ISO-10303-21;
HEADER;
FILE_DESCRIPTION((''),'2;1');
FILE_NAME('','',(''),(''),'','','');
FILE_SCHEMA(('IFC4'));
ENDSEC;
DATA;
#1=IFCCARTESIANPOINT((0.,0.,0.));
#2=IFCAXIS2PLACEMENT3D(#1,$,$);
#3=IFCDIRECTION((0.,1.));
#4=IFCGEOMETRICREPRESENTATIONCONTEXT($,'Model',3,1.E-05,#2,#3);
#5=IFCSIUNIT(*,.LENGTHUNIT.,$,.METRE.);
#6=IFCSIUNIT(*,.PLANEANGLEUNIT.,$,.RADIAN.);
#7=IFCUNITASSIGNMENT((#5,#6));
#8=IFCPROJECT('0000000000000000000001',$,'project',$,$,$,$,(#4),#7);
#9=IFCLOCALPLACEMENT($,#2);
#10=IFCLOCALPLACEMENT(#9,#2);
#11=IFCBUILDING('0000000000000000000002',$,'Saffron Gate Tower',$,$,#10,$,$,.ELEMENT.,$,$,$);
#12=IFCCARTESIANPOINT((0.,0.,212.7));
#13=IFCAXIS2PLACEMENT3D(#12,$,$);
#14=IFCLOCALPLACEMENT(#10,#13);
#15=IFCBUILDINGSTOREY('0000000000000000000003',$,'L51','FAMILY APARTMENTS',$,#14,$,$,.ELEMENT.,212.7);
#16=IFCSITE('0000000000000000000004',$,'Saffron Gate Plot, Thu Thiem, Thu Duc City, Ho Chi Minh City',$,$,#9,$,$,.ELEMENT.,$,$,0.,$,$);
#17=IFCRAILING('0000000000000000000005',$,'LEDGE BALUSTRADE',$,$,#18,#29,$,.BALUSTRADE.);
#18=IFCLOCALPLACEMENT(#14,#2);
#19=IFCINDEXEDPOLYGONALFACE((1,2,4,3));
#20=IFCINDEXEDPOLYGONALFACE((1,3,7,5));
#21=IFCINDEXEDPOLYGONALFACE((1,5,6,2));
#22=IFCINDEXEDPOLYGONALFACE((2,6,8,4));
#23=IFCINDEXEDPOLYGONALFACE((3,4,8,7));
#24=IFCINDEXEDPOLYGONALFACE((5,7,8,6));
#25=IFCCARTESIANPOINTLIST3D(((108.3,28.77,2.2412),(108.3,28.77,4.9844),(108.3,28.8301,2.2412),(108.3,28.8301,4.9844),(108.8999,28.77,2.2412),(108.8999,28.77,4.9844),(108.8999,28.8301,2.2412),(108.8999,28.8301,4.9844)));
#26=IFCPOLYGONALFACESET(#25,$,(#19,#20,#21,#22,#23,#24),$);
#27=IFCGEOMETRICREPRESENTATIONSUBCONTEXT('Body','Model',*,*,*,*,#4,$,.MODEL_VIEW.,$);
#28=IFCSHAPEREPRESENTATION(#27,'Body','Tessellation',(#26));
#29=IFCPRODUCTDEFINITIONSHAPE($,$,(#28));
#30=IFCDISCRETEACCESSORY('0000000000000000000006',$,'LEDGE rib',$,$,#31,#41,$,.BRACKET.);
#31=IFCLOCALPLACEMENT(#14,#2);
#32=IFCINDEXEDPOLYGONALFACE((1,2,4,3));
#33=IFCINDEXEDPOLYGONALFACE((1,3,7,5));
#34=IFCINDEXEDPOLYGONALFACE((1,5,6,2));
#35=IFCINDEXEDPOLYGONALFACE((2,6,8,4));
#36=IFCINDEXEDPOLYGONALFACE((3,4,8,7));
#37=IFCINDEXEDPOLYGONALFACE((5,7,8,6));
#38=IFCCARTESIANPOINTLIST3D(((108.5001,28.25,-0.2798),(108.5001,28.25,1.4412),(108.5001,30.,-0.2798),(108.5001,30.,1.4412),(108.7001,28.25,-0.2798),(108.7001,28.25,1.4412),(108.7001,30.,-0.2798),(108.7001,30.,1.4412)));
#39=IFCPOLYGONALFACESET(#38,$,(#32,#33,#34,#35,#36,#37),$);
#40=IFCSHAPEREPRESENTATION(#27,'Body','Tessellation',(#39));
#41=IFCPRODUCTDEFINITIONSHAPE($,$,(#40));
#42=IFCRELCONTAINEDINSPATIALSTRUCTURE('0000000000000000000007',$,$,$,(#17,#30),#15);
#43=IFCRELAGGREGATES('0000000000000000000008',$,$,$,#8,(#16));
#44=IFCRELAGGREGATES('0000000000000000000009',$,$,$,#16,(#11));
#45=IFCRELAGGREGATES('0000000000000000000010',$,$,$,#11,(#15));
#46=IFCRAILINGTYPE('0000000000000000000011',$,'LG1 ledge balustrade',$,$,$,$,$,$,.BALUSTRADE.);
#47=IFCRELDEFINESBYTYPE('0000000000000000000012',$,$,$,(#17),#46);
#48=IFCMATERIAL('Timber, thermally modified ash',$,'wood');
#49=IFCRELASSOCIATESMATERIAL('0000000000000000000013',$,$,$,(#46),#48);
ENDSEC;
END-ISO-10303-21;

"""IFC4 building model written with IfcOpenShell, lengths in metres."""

from ifc_helpers import new_model, si_unit, direction, frame, origin, origin_2d, place, context, subcontext, project, spatial, rectangle, extrude, material, type_object, element, save


model = new_model("IFC4")

# Units and contexts
model_context = context("Model", 3, precision=1e-05, world=origin(), true_north=direction((0.0, 1.0)))
body_context = subcontext(model_context, "Body", "Model", "MODEL_VIEW")
ifc_project = project(units=[si_unit("LENGTHUNIT", "METRE"), si_unit("PLANEANGLEUNIT", "RADIAN")], contexts=[model_context])

# Site, building, storey
site_placement = place(None, origin())
site = spatial("IfcSite", under=ifc_project, at=site_placement, Name="Saffron Gate Plot, Thu Thiem, Thu Duc City, Ho Chi Minh City", CompositionType="ELEMENT", RefElevation=0.0)
building_placement = place(site_placement, origin())
building = spatial("IfcBuilding", under=site, at=building_placement, Name="Saffron Gate Tower", CompositionType="ELEMENT")
storey_placement = place(building_placement, frame((0.0, 0.0, 212.7)))
storey = spatial("IfcBuildingStorey", under=building, at=storey_placement, Name="L51", Description="FAMILY APARTMENTS", CompositionType="ELEMENT", Elevation=212.7)

# Shared definitions
ifc_material_1 = material(Name="Timber, thermally modified ash", Category="wood")

# Railing
railing_type_1 = type_object("IfcRailingType", Name="LG1 ledge balustrade", PredefinedType="BALUSTRADE", material=ifc_material_1)
railing_1_placement = place(storey_placement, frame((108.3, 28.8, 2.2412)))
element("IfcRailing", 1, at=railing_1_placement, inside=storey, type_object=railing_type_1, Name="LEDGE BALUSTRADE", PredefinedType="BALUSTRADE", context=body_context, shape_type="SweptSolid", body=[
    extrude(rectangle(XDim=0.0601, YDim=2.7432, at=origin_2d()), frame((0.0, 0.0, 1.3716), z_axis=(1.0, 0.0, 0.0), x_axis=(0.0, 1.0, 0.0)), (0.0, 0.0, 1.0), 0.5999),
])

# Discrete accessory
discrete_accessory_placement = place(storey_placement, frame((108.6001, 29.125, -0.2798), z_axis=(0.0, 0.0, 1.0), x_axis=(1.0, 0.0, 0.0)))
element("IfcDiscreteAccessory", 2, at=discrete_accessory_placement, inside=storey, Name="LEDGE rib", PredefinedType="BRACKET", context=body_context, shape_type="SweptSolid", body=[
    extrude(rectangle(XDim=0.2, YDim=1.75, at=origin_2d()), origin(), (0.0, 0.0, 1.0), 1.7209),
])

save(model, "model.ifc")
